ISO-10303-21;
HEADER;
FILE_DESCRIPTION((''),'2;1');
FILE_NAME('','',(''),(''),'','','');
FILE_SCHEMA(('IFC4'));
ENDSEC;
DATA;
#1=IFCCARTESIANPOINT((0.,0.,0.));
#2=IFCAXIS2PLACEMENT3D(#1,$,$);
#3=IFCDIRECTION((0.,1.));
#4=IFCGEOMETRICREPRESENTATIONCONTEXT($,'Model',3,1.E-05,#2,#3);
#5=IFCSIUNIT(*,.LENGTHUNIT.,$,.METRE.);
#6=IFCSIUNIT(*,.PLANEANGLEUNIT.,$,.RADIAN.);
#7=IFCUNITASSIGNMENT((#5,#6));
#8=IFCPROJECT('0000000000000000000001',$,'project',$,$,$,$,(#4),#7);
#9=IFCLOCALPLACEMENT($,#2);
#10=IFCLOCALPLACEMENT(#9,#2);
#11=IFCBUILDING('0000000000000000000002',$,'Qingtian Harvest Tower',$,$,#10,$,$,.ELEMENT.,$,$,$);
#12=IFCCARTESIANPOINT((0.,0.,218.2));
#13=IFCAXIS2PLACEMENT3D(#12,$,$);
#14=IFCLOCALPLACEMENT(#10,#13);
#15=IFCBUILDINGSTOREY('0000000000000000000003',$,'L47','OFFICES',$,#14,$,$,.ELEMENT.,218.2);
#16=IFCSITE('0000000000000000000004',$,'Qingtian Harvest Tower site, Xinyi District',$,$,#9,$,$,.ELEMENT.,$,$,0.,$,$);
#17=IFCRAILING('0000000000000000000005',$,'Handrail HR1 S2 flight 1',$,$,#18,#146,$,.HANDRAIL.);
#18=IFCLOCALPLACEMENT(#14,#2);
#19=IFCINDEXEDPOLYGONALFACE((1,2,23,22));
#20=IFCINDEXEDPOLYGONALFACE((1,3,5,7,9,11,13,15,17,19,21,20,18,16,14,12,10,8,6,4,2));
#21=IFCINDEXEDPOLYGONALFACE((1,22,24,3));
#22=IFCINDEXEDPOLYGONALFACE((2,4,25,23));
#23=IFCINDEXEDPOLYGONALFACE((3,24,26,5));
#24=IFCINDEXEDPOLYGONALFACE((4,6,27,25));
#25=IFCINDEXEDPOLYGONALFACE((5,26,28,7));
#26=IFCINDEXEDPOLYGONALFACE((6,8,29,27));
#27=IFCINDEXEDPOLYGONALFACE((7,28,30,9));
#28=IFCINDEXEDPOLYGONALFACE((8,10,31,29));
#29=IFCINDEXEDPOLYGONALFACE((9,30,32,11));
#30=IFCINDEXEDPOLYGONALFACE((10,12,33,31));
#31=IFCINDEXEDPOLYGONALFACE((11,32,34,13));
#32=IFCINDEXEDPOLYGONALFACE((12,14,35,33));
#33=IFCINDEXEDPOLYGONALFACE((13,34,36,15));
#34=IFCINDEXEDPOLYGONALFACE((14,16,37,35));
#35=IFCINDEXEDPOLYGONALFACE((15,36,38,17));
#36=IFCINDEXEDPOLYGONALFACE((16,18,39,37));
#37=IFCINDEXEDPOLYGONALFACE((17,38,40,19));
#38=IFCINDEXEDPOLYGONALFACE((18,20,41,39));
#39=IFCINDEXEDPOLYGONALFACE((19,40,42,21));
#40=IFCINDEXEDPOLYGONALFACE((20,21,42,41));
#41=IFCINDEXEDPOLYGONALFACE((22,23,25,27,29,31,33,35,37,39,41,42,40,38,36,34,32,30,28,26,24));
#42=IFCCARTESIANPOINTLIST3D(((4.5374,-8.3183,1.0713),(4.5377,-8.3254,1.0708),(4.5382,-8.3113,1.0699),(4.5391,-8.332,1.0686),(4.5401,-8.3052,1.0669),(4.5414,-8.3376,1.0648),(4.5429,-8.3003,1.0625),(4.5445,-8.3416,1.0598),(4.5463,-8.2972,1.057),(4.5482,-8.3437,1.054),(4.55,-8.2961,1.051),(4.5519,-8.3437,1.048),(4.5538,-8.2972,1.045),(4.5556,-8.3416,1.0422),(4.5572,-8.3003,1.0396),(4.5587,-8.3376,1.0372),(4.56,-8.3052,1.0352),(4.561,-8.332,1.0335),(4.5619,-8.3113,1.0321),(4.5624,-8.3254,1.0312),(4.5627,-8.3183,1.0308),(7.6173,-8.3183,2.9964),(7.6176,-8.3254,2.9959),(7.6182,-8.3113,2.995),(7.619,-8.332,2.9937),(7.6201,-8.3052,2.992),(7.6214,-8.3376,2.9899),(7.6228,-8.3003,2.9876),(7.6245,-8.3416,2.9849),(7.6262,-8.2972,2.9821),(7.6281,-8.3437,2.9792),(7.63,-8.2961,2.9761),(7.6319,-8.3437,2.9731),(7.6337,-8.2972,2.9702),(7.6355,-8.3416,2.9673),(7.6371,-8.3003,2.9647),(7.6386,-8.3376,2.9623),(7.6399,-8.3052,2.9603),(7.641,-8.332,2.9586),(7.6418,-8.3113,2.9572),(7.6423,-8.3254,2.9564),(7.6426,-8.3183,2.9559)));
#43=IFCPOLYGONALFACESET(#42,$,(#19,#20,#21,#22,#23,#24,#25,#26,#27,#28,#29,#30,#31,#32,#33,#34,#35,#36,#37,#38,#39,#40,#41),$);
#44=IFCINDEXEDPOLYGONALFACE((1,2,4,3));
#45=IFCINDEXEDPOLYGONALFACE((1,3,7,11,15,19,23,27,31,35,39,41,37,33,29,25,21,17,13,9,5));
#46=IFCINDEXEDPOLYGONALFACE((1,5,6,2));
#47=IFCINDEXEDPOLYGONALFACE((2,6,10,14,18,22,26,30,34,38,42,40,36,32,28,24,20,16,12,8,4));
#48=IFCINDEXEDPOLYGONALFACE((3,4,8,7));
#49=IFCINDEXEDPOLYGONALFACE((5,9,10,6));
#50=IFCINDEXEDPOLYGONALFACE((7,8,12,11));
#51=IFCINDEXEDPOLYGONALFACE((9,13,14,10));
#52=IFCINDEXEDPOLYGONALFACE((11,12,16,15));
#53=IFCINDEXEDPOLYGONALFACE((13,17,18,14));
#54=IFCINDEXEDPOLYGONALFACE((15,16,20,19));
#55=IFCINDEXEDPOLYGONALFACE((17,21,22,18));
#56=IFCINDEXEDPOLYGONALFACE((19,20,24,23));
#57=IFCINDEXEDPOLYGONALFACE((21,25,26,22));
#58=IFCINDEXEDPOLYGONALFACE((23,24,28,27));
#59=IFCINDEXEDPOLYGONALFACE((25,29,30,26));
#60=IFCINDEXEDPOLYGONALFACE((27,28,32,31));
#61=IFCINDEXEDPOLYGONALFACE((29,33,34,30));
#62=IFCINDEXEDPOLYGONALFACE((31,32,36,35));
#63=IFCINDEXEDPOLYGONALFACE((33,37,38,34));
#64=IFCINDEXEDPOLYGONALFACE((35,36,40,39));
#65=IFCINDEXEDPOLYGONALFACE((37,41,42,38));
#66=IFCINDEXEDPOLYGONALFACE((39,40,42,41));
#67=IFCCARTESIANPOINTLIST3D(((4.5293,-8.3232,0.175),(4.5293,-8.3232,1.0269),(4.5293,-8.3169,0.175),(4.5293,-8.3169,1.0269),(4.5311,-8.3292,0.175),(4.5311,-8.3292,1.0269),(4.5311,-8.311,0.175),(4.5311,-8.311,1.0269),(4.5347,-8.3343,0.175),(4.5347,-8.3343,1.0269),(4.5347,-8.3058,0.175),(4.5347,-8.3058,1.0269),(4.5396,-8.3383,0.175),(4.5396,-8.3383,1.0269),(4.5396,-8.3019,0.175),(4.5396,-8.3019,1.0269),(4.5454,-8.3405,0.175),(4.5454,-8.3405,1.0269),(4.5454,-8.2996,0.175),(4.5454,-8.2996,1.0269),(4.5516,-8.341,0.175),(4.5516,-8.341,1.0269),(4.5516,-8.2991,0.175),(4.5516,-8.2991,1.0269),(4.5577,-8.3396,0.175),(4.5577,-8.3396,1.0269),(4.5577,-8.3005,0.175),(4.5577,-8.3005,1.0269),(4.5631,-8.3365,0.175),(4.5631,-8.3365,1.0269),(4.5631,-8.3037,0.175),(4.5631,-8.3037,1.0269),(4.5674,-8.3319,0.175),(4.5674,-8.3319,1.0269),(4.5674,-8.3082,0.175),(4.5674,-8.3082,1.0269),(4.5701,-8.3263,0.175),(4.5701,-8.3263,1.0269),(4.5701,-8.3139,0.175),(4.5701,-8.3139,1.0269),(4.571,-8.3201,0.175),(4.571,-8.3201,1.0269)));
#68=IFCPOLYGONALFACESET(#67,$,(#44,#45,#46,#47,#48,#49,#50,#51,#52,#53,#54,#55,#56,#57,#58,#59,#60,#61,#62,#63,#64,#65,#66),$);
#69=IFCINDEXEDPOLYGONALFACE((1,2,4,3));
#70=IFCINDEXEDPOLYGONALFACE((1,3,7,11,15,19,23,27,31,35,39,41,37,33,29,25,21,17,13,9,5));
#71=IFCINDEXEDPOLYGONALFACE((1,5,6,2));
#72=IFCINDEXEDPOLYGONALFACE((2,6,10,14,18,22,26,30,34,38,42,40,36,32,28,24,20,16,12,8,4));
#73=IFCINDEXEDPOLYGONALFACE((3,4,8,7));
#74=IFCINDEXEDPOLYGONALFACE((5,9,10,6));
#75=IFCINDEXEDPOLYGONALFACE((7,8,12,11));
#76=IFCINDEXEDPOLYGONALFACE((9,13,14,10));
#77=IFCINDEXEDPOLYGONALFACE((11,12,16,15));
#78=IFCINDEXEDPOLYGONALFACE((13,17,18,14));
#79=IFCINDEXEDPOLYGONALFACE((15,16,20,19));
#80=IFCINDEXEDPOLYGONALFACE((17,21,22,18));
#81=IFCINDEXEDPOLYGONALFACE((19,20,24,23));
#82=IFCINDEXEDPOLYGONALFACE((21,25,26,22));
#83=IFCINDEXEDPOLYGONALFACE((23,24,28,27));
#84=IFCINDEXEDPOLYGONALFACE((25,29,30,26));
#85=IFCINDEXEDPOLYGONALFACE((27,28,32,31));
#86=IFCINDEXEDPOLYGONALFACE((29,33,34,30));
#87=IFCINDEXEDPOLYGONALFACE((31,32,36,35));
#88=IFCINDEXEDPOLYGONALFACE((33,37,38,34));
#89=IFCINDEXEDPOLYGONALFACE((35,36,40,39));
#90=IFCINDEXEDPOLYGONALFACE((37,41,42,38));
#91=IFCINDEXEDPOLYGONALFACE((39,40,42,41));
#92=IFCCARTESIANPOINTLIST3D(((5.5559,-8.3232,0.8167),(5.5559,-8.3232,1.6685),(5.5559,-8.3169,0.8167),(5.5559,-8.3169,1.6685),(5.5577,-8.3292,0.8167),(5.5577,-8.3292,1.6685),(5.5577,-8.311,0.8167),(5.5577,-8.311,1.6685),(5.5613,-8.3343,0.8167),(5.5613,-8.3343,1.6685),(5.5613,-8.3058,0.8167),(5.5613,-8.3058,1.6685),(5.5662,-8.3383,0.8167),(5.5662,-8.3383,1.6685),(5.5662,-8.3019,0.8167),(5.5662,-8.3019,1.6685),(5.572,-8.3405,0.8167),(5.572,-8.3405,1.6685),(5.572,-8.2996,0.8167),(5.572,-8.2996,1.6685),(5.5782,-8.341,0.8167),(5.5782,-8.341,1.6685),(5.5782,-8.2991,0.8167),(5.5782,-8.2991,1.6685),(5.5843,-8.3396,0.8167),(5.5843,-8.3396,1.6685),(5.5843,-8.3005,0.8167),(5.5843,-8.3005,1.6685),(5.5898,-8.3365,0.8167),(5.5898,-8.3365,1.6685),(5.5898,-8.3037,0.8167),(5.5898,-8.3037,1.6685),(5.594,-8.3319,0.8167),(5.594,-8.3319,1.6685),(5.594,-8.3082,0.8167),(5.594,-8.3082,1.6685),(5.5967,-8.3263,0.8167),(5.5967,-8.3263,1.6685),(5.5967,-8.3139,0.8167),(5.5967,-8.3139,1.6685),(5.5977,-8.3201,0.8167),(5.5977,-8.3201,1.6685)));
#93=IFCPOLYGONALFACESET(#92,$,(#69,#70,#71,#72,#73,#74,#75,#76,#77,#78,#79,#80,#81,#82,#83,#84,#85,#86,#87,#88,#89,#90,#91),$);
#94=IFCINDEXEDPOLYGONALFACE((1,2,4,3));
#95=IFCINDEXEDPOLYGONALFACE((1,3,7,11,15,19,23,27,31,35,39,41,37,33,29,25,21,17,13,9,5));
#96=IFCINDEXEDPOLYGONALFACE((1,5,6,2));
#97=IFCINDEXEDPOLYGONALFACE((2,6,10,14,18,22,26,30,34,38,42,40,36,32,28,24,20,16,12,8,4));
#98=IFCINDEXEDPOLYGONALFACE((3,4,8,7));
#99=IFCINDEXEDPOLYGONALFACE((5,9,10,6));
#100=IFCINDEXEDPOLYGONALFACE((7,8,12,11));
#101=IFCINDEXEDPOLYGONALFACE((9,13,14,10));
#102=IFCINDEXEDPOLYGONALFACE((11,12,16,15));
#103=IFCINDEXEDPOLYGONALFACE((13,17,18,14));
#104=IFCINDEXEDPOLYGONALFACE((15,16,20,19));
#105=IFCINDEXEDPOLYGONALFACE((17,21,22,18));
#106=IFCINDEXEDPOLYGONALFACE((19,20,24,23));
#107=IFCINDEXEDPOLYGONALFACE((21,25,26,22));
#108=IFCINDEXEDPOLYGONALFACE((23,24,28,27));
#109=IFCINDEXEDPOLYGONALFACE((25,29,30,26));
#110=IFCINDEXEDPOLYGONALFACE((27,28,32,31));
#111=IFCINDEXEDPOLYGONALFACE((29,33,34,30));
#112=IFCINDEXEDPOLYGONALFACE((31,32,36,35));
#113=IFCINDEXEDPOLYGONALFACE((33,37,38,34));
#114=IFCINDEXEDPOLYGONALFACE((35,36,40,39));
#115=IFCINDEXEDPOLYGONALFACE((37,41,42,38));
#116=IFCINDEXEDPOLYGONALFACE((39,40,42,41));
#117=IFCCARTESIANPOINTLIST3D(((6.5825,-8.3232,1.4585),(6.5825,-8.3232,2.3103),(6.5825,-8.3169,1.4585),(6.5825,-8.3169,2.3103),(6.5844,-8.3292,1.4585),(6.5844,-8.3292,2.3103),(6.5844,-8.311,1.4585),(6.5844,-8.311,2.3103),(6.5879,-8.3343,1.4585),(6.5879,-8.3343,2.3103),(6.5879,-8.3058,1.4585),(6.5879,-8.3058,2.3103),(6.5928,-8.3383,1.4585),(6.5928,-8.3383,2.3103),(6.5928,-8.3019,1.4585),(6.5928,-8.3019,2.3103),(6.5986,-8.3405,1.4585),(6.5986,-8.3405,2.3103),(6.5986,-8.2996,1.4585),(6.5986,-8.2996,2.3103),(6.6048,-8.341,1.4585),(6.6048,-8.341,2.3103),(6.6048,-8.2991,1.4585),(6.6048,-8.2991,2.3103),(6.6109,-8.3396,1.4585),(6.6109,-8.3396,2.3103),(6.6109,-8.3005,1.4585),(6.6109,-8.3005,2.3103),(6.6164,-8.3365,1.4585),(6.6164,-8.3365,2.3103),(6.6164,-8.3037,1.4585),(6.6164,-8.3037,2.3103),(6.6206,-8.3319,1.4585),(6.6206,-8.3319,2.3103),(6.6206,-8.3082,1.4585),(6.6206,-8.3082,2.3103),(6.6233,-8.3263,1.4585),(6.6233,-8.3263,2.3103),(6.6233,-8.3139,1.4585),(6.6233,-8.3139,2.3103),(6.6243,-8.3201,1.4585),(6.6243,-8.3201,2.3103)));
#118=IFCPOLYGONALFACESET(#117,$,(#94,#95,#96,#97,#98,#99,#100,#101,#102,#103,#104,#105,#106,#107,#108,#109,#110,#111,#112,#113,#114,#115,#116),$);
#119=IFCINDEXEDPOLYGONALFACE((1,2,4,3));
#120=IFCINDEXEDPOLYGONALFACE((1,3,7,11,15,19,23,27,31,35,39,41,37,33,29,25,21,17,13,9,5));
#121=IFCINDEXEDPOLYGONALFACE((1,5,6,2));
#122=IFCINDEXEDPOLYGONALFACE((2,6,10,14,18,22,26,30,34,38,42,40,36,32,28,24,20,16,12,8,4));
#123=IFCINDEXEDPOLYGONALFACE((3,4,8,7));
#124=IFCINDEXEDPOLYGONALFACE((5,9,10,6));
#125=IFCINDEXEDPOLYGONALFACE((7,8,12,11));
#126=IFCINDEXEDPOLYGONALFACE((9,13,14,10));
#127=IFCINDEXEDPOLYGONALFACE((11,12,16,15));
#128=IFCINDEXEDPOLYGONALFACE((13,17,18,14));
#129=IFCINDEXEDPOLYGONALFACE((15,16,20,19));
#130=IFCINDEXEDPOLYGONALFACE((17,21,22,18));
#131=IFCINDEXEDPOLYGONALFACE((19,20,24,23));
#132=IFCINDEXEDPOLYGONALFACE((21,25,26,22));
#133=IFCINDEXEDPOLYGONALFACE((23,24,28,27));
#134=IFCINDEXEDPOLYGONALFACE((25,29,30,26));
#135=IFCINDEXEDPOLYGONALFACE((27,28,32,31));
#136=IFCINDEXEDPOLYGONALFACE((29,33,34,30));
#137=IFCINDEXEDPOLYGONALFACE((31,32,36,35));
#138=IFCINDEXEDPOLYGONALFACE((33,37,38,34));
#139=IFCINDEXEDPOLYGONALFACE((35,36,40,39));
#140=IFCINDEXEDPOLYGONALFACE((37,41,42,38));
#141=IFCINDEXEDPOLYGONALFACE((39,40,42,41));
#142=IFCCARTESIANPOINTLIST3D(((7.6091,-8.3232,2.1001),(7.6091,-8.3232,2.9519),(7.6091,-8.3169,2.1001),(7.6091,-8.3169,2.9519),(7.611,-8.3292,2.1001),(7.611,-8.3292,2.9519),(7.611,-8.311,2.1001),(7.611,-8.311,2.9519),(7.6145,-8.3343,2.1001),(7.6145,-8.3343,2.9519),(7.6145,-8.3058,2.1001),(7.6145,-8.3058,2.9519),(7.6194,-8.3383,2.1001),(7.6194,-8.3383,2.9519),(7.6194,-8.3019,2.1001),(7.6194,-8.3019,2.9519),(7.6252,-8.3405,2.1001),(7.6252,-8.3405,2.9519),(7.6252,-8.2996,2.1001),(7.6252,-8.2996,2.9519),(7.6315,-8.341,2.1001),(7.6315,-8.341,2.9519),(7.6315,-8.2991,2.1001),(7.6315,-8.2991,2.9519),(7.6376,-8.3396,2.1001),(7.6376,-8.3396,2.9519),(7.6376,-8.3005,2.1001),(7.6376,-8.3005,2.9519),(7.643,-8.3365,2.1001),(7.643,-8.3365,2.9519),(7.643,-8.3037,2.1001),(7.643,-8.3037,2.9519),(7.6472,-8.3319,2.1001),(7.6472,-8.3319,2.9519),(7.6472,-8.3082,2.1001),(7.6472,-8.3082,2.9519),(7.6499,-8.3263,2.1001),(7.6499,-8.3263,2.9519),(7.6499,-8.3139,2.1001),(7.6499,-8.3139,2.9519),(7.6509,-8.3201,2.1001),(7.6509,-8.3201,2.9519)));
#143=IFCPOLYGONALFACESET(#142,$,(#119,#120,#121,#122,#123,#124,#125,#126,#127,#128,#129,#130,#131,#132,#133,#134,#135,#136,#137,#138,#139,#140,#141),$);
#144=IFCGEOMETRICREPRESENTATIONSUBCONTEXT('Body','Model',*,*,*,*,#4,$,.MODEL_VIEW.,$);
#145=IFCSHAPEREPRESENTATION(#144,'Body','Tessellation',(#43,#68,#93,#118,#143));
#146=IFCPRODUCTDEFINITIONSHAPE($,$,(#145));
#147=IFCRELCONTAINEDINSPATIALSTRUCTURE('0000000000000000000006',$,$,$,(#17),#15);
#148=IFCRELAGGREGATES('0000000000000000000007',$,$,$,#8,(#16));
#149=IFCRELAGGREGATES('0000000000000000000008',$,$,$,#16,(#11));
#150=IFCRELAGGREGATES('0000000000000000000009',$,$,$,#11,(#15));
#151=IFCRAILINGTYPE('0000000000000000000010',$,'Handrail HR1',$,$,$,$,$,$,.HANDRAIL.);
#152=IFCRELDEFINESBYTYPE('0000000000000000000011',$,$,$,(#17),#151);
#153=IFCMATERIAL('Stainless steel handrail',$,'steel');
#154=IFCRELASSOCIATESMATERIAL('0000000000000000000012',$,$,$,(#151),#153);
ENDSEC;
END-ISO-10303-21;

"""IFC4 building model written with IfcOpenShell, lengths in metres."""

from ifc_helpers import new_model, si_unit, direction, frame, origin, origin_2d, place, context, subcontext, project, spatial, circle, extrude, material, type_object, element, save


model = new_model("IFC4")

# Units and contexts
model_context = context("Model", 3, precision=1e-05, world=origin(), true_north=direction((0.0, 1.0)))
body_context = subcontext(model_context, "Body", "Model", "MODEL_VIEW")
ifc_project = project(units=[si_unit("LENGTHUNIT", "METRE"), si_unit("PLANEANGLEUNIT", "RADIAN")], contexts=[model_context])

# Site, building, storey
site_placement = place(None, origin())
site = spatial("IfcSite", under=ifc_project, at=site_placement, Name="Qingtian Harvest Tower site, Xinyi District", CompositionType="ELEMENT", RefElevation=0.0)
building_placement = place(site_placement, origin())
building = spatial("IfcBuilding", under=site, at=building_placement, Name="Qingtian Harvest Tower", CompositionType="ELEMENT")
storey_placement = place(building_placement, frame((0.0, 0.0, 218.2)))
storey = spatial("IfcBuildingStorey", under=building, at=storey_placement, Name="L47", Description="OFFICES", CompositionType="ELEMENT", Elevation=218.2)

# Railing
ifc_material_1 = material(Name="Stainless steel handrail", Category="steel")
railing_type = type_object("IfcRailingType", Name="Handrail HR1", PredefinedType="HANDRAIL", material=ifc_material_1)
railing_1_placement = place(storey_placement, frame((4.55, -8.3201, 0.175)))
element("IfcRailing", 1, at=railing_1_placement, inside=storey, type_object=railing_type, Name="Handrail HR1 S2 flight 1", PredefinedType="HANDRAIL", context=body_context, shape_type="SweptSolid", body=[
    extrude(circle(Radius=0.0239, at=origin_2d()), frame((0.0, 0.0, 0.876), z_axis=(0.847979, 0.0, 0.530029), x_axis=(0.0, 1.0, 0.0)), (0.0, 0.0, 1.0), 3.6321),
    extrude(circle(Radius=0.021, at=origin_2d()), origin(), (0.0, 0.0, 1.0), 0.8518),
    extrude(circle(Radius=0.021, at=origin_2d()), frame((1.0266, 0.0, 0.6416)), (0.0, 0.0, 1.0), 0.8518),
    extrude(circle(Radius=0.021, at=origin_2d()), frame((2.0532, 0.0, 1.2834)), (0.0, 0.0, 1.0), 0.8518),
    extrude(circle(Radius=0.021, at=origin_2d()), frame((3.0798, 0.0, 1.925)), (0.0, 0.0, 1.0), 0.8518),
])

save(model, "model.ifc")
